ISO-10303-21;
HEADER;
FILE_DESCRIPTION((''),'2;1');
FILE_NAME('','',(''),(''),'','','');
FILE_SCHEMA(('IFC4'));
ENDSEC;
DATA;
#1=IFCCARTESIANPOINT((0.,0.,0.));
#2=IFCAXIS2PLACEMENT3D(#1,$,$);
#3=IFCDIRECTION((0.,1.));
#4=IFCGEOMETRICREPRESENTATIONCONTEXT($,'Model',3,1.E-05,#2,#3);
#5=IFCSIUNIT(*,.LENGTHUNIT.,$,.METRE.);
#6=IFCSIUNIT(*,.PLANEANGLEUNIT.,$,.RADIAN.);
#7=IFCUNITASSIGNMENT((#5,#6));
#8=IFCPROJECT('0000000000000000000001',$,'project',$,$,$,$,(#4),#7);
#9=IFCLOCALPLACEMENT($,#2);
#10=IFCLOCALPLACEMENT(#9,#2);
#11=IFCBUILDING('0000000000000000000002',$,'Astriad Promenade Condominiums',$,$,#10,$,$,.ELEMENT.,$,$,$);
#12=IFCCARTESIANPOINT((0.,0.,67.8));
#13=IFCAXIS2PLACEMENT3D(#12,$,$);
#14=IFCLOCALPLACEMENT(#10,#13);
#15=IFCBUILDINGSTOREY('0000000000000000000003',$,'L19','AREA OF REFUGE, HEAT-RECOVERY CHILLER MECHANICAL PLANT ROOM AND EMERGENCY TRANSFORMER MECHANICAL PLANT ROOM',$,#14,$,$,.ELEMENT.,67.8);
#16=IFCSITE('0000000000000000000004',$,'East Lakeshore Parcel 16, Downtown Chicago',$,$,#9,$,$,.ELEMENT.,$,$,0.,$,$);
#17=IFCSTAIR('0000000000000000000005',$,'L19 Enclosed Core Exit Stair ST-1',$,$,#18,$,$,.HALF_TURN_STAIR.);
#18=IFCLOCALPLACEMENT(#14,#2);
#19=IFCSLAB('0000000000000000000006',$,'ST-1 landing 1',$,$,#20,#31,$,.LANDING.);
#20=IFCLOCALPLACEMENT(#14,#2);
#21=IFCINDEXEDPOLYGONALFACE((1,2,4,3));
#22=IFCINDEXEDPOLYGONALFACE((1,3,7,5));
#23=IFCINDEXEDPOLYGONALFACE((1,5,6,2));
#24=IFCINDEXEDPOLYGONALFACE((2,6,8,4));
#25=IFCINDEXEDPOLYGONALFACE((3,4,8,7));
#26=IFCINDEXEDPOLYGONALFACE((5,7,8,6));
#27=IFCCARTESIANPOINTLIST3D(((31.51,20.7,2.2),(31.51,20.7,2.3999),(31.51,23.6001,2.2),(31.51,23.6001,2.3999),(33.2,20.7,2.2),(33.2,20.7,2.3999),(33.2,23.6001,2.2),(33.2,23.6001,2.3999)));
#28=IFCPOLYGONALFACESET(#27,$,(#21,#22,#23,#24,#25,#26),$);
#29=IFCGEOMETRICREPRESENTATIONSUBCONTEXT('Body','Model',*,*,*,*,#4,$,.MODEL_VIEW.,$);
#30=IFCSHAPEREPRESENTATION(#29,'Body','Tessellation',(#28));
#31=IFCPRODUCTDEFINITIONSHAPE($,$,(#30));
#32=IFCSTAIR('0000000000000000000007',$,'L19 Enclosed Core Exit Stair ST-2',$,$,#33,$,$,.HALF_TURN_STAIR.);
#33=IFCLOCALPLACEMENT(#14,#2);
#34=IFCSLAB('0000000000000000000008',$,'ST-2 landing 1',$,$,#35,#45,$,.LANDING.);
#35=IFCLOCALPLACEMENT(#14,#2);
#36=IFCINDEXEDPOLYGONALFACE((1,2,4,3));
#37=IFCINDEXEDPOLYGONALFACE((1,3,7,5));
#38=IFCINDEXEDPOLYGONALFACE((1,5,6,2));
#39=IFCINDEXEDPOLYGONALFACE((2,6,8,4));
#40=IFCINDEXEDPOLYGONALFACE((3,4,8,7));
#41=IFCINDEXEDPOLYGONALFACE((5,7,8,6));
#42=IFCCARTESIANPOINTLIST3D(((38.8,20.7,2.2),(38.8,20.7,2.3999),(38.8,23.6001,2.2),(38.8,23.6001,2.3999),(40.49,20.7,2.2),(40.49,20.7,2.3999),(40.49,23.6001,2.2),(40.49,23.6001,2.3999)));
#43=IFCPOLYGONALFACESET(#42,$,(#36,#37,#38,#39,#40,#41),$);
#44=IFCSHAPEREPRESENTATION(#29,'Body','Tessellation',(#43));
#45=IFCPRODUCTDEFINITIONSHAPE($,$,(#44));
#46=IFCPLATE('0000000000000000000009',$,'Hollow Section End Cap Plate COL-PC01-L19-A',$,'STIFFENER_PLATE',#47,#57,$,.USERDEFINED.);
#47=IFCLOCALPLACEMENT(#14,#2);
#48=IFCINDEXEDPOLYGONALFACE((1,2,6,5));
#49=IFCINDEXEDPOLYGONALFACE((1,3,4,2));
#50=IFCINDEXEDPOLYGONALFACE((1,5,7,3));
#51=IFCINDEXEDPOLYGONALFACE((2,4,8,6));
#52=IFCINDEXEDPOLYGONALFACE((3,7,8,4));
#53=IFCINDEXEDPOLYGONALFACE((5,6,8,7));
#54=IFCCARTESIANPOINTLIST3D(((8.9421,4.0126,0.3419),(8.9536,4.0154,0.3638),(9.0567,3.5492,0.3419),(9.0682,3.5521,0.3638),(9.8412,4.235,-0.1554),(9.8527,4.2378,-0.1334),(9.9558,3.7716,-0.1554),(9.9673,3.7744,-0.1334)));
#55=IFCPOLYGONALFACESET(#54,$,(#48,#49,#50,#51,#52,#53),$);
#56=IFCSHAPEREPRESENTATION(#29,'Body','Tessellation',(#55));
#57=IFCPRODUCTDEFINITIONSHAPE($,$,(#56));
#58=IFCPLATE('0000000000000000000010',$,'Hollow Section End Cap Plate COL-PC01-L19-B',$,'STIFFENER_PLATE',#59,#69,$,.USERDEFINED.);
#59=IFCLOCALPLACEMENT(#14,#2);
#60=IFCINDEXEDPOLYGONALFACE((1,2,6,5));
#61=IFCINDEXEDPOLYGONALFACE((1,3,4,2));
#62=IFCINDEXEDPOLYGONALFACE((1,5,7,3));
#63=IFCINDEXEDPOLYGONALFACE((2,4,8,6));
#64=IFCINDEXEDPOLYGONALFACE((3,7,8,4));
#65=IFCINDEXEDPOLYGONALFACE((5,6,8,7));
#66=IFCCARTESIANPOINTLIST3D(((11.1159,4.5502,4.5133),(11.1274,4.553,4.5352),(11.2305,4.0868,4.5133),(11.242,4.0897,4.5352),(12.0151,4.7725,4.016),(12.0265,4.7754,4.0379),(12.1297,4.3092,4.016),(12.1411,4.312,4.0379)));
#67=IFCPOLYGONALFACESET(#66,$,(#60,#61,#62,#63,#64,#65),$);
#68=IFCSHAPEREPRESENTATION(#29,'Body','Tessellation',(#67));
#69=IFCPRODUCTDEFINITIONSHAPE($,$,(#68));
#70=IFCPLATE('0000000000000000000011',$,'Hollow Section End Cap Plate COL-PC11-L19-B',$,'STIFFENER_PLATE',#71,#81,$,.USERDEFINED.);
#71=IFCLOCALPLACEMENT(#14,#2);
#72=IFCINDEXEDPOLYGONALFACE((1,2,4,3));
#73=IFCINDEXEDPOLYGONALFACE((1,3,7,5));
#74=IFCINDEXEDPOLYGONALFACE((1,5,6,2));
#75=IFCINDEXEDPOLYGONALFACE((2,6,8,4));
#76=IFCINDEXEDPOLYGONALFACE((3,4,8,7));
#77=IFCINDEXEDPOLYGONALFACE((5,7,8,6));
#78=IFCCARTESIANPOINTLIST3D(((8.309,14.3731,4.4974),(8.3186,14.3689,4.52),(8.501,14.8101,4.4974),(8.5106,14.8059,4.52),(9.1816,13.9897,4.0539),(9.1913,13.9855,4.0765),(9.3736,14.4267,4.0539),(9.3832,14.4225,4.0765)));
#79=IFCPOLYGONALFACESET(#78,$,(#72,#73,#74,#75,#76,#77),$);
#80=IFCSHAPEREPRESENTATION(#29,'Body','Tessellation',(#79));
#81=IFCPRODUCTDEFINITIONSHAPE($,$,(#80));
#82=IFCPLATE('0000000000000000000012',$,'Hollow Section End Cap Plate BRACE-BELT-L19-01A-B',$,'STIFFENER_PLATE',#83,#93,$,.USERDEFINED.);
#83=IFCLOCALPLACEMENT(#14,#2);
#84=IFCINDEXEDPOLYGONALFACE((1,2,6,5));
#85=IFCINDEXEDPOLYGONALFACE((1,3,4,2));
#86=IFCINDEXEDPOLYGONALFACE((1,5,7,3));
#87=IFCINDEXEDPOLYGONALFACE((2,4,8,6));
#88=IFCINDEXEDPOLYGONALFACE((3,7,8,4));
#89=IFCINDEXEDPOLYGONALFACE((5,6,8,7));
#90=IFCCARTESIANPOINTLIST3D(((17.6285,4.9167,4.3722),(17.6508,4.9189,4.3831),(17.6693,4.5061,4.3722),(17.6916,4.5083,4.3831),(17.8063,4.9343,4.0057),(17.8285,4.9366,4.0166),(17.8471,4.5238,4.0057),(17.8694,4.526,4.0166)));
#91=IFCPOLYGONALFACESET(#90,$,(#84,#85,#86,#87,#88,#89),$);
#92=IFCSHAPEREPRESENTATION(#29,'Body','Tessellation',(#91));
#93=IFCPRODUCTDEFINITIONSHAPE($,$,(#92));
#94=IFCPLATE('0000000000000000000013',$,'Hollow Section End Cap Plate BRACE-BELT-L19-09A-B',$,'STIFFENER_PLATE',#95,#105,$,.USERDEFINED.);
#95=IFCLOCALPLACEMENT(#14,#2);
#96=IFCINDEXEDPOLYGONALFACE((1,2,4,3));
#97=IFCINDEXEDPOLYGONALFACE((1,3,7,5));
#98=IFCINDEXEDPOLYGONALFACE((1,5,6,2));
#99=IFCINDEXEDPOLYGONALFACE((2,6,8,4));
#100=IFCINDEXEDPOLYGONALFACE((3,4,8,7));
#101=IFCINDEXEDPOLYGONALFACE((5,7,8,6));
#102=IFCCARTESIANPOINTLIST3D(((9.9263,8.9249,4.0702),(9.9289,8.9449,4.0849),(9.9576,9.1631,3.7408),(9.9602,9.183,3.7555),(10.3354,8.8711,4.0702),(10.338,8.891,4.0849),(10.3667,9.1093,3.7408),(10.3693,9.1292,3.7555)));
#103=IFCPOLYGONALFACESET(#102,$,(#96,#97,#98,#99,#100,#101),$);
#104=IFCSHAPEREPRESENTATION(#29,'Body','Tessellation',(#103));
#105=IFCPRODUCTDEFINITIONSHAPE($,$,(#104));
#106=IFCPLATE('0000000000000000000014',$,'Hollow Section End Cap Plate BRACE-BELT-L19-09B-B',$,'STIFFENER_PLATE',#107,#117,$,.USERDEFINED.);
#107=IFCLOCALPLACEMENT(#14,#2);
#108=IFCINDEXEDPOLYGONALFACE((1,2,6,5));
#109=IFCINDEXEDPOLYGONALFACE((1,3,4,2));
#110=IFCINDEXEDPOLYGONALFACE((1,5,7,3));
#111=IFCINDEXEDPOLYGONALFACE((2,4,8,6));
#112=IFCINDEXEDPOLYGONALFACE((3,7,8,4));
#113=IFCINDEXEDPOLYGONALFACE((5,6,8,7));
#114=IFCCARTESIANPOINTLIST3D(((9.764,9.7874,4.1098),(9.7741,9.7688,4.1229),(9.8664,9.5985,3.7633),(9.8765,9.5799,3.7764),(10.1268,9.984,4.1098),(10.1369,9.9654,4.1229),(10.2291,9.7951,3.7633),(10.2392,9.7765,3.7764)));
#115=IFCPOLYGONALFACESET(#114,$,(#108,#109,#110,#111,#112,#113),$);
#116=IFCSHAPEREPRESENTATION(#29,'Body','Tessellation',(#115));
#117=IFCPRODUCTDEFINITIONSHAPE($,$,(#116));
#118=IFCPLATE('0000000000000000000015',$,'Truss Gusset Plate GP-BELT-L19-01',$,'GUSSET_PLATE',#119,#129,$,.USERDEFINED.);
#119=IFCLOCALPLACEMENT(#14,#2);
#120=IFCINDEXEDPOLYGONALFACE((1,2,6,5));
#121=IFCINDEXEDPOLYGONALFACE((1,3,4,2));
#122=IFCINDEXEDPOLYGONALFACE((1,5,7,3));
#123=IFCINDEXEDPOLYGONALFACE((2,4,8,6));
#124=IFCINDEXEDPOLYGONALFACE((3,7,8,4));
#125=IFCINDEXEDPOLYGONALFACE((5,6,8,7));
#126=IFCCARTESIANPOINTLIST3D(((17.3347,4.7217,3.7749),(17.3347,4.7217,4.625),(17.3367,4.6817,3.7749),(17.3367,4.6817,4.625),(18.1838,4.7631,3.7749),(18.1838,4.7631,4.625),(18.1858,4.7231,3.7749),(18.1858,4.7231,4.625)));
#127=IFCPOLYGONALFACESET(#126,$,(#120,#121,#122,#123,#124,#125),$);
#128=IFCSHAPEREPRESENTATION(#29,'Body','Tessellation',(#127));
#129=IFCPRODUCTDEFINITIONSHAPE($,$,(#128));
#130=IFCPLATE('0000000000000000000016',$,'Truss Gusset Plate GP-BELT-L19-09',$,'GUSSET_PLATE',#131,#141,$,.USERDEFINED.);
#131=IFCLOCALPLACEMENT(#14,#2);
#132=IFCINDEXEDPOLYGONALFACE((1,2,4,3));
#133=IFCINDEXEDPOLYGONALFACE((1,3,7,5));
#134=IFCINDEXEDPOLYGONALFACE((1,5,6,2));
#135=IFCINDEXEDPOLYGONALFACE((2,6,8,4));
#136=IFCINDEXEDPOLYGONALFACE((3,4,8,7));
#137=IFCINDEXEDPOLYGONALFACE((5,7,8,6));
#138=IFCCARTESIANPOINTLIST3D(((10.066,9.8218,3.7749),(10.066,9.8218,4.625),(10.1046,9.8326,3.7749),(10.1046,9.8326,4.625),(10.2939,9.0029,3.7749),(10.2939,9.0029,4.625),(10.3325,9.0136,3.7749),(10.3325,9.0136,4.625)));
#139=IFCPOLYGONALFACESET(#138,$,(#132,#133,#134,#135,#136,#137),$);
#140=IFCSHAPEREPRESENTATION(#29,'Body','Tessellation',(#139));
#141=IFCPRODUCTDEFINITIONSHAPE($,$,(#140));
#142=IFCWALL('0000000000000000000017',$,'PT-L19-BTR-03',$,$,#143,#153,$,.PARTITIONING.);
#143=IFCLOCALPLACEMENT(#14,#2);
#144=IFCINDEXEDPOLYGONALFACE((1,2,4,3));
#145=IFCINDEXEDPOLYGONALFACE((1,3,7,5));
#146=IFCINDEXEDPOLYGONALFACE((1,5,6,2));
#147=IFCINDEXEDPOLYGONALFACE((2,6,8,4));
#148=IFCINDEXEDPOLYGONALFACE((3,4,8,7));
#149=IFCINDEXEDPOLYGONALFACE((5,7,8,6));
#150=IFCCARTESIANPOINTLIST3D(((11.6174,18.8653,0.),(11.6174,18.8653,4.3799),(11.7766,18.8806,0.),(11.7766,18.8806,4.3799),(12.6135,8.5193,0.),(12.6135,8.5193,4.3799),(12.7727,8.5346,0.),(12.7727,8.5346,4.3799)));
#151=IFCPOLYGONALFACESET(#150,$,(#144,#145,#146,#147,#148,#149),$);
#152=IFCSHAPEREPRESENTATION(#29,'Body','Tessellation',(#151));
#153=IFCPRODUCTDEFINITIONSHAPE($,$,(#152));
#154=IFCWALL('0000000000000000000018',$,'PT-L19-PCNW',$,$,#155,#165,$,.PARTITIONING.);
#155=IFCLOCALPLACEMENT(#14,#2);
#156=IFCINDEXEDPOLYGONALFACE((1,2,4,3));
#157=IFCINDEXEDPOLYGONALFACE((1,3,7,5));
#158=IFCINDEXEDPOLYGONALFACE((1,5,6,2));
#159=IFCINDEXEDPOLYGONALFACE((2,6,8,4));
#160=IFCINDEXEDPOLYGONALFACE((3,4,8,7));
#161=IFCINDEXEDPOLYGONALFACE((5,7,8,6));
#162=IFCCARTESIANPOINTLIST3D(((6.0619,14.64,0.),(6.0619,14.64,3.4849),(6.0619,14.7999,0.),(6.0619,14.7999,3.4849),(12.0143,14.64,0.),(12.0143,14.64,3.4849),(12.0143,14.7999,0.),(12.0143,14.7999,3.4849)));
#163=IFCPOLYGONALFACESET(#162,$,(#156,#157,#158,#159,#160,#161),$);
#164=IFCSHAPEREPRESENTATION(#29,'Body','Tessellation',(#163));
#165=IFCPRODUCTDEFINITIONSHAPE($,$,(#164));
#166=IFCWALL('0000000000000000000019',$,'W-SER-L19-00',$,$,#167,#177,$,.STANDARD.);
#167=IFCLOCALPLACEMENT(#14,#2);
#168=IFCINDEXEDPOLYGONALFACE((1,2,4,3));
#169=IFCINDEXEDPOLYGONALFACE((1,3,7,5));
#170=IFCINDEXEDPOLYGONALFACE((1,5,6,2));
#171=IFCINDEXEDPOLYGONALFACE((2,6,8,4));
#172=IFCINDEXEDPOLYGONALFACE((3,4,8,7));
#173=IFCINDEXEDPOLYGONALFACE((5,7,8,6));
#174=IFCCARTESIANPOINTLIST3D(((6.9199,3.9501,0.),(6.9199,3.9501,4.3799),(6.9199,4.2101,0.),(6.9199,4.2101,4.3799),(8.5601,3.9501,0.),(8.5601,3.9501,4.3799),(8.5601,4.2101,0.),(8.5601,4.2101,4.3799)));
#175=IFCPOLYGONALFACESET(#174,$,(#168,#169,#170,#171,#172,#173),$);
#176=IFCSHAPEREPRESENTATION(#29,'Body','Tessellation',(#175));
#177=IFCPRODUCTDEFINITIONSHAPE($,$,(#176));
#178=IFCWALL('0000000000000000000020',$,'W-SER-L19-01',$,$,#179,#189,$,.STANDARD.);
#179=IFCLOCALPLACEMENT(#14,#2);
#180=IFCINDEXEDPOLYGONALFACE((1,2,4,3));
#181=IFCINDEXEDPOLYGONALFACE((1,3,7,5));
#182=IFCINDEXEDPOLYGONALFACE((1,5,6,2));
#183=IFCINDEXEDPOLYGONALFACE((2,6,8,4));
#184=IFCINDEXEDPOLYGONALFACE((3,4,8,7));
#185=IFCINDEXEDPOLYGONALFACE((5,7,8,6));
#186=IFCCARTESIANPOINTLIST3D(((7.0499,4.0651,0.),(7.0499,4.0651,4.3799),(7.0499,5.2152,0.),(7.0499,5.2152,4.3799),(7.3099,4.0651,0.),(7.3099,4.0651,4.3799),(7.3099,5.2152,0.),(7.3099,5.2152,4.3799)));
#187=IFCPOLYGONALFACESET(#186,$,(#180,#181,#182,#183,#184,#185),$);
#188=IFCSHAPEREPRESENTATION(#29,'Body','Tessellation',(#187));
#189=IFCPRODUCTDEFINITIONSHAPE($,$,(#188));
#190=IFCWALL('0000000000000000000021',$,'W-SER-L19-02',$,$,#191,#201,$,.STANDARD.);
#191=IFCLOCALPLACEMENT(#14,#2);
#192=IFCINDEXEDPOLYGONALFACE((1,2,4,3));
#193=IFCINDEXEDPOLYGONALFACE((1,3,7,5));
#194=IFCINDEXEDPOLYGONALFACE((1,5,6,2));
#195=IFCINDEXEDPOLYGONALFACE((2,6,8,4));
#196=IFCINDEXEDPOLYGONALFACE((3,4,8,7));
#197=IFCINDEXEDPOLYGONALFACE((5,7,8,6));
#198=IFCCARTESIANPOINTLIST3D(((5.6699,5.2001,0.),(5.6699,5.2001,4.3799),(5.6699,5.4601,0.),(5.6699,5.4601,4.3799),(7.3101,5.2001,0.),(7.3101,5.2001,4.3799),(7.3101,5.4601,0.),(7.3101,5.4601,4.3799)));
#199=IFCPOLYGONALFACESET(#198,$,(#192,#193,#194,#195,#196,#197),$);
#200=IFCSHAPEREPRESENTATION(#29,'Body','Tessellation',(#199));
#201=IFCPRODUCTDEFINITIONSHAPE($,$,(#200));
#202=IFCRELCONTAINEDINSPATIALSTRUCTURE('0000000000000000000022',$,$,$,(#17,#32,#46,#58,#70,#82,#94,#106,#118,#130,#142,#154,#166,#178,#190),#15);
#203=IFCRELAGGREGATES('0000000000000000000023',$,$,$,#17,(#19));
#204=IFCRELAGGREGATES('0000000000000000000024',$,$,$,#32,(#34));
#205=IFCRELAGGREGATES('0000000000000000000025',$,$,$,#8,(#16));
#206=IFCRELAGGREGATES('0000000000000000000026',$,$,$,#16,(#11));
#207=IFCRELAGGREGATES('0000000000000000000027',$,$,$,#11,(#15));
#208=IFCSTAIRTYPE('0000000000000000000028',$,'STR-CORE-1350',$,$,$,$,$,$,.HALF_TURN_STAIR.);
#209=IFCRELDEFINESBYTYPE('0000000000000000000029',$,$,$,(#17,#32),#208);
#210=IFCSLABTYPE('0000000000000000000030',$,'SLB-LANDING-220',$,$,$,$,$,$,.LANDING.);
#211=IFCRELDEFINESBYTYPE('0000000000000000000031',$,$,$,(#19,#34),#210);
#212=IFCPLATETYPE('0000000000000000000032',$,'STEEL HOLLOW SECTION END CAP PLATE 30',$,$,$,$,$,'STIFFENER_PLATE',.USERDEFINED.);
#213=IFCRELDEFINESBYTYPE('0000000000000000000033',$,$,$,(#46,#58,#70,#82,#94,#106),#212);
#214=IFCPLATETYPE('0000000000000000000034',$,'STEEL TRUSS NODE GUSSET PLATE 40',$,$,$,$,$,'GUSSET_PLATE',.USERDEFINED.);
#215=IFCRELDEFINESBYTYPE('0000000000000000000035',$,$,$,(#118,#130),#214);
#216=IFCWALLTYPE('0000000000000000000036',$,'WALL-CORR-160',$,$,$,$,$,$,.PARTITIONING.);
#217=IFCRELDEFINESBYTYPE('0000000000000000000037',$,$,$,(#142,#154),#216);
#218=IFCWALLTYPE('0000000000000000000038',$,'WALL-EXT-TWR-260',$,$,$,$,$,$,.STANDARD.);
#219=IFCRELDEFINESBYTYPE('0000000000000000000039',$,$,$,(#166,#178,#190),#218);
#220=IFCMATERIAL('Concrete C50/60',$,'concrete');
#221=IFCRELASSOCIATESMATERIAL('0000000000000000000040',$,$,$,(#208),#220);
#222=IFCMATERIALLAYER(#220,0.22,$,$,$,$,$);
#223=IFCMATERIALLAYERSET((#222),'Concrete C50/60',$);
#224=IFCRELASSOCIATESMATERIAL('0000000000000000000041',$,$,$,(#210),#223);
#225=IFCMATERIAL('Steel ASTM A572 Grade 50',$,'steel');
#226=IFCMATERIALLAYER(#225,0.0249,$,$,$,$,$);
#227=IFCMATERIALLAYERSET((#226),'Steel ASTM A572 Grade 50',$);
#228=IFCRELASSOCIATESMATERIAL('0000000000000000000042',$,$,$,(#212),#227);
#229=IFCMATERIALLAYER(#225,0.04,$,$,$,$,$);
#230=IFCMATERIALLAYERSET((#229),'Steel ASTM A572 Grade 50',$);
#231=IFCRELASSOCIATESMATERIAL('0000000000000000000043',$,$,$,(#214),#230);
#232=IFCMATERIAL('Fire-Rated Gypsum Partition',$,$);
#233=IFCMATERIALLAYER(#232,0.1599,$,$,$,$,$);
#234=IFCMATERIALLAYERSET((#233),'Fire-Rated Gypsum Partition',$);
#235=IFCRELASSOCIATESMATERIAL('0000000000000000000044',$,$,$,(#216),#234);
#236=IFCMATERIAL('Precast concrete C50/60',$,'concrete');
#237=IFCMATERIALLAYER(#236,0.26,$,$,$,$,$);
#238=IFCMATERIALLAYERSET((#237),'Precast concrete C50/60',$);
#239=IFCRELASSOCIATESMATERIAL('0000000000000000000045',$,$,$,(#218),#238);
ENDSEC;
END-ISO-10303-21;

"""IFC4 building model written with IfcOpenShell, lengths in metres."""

from ifc_helpers import new_model, si_unit, direction, frame, frame_2d, origin, origin_2d, place, context, subcontext, project, spatial, polyline, rectangle, outline, extrude, source, transform, mapped, material, layer, layer_set, type_object, type_shapes, element, aggregate, save


model = new_model("IFC4")

# Units and contexts
model_context = context("Model", 3, precision=1e-05, world=origin(), true_north=direction((0.0, 1.0)))
body_context = subcontext(model_context, "Body", "Model", "MODEL_VIEW")
ifc_project = project(units=[si_unit("LENGTHUNIT", "METRE"), si_unit("PLANEANGLEUNIT", "RADIAN")], contexts=[model_context])

# Site, building, storey
site_placement = place(None, origin())
site = spatial("IfcSite", under=ifc_project, at=site_placement, Name="East Lakeshore Parcel 16, Downtown Chicago", CompositionType="ELEMENT", RefElevation=0.0)
building_placement = place(site_placement, origin())
building = spatial("IfcBuilding", under=site, at=building_placement, Name="Astriad Promenade Condominiums", CompositionType="ELEMENT")
storey_placement = place(building_placement, frame((0.0, 0.0, 67.8)))
storey = spatial("IfcBuildingStorey", under=building, at=storey_placement, Name="L19", Description="AREA OF REFUGE, HEAT-RECOVERY CHILLER MECHANICAL PLANT ROOM AND EMERGENCY TRANSFORMER MECHANICAL PLANT ROOM", CompositionType="ELEMENT", Elevation=67.8)

# Shared definitions
ifc_material_1 = material(Name="Concrete C50/60", Category="concrete")

# Stairs, slabs
stair_type = type_object("IfcStairType", Name="STR-CORE-1350", PredefinedType="HALF_TURN_STAIR", material=ifc_material_1)
stair_1_placement = place(storey_placement, origin())
stair_1 = element("IfcStair", 1, at=stair_1_placement, inside=storey, type_object=stair_type, Name="L19 Enclosed Core Exit Stair ST-1", PredefinedType="HALF_TURN_STAIR")
ifc_layer_1 = layer(ifc_material_1, 0.22)
ifc_layer_set_1 = layer_set([ifc_layer_1], Name="Concrete C50/60")
slab_type_1 = type_object("IfcSlabType", Name="SLB-LANDING-220", PredefinedType="LANDING", material=ifc_layer_set_1)
slab_1_placement = place(storey_placement, frame((0.0, 0.0, 2.2)))
slab_1 = element("IfcSlab", 2, at=slab_1_placement, type_object=slab_type_1, Name="ST-1 landing 1", PredefinedType="LANDING", context=body_context, shape_type="SweptSolid", body=[
    extrude(outline(polyline([(31.51, 20.7), (33.2, 20.7), (33.2, 23.6001), (31.51, 23.6001), (31.51, 20.7)])), origin(), (0.0, 0.0, 1.0), 0.2),
])
aggregate(stair_1, [slab_1])
stair_2_placement = place(storey_placement, origin())
stair_2 = element("IfcStair", 3, at=stair_2_placement, inside=storey, type_object=stair_type, Name="L19 Enclosed Core Exit Stair ST-2", PredefinedType="HALF_TURN_STAIR")
slab_2_placement = place(storey_placement, frame((0.0, 0.0, 2.2)))
slab_2 = element("IfcSlab", 4, at=slab_2_placement, type_object=slab_type_1, Name="ST-2 landing 1", PredefinedType="LANDING", context=body_context, shape_type="SweptSolid", body=[
    extrude(outline(polyline([(40.49, 23.6001), (38.8, 23.6001), (38.8, 20.7), (40.49, 20.7), (40.49, 23.6001)])), origin(), (0.0, 0.0, 1.0), 0.2),
])
aggregate(stair_2, [slab_2])

# Plates
ifc_material_2 = material(Name="Steel ASTM A572 Grade 50", Category="steel")
ifc_layer_2 = layer(ifc_material_2, 0.0249)
ifc_layer_set_2 = layer_set([ifc_layer_2], Name="Steel ASTM A572 Grade 50")
plate_type_1 = type_object("IfcPlateType", Name="STEEL HOLLOW SECTION END CAP PLATE 30", ElementType="STIFFENER_PLATE", PredefinedType="USERDEFINED", material=ifc_layer_set_2)
shared_shape_1 = source(origin(), body_context, "Body", "SweptSolid", [
    extrude(rectangle(XDim=0.4773, YDim=1.0513, at=origin_2d()), origin(), (0.0, 0.0, 1.0), 0.0249),
])
for number, where, z_axis, x_axis, name in (
    (5, (9.449, 3.8921, 0.0933), (0.459205, 0.11358, 0.881039), (-0.240106, 0.970747, 0.0), "Hollow Section End Cap Plate COL-PC01-L19-A"),
    (6, (11.6228, 4.4297, 4.2646), (0.459205, 0.11358, 0.881039), (-0.240106, 0.970747, 0.0), "Hollow Section End Cap Plate COL-PC01-L19-B"),
    (7, (8.8413, 14.3999, 4.2756), (0.386233, -0.169686, 0.906659), (0.402229, 0.915539, 0.0), "Hollow Section End Cap Plate COL-PC11-L19-B"),
):
    element("IfcPlate", number, at=place(storey_placement, frame(where, z_axis=z_axis, x_axis=x_axis)), inside=storey, type_object=plate_type_1, Name=name, ObjectType="STIFFENER_PLATE", PredefinedType="USERDEFINED", context=body_context, shape_type="MappedRepresentation", body=[
        mapped(shared_shape_1, transform((0.0, 0.0, 0.0), scale=1.0)),
    ])
shared_shape_2 = source(origin(), body_context, "Body", "SweptSolid", [
    extrude(rectangle(XDim=0.4126, YDim=0.4077, at=origin_2d()), origin(), (0.0, 0.0, 1.0), 0.0249),
])
type_shapes(plate_type_1, [shared_shape_1, shared_shape_2])
for number, where, z_axis, x_axis, name in (
    (8, (17.7378, 4.7202, 4.189), (0.894461, 0.088986, 0.438202), (-0.098997, 0.995088, 0.0), "Hollow Section End Cap Plate BRACE-BELT-L19-01A-B"),
    (9, (10.1465, 9.0171, 3.9055), (0.105382, 0.801063, 0.589231), (-0.991458, 0.130429, 0.0), "Hollow Section End Cap Plate BRACE-BELT-L19-09A-B"),
    (10, (9.9966, 9.7913, 3.9365), (0.404934, -0.747182, 0.527017), (0.879188, 0.476474, 0.0), "Hollow Section End Cap Plate BRACE-BELT-L19-09B-B"),
):
    element("IfcPlate", number, at=place(storey_placement, frame(where, z_axis=z_axis, x_axis=x_axis)), inside=storey, type_object=plate_type_1, Name=name, ObjectType="STIFFENER_PLATE", PredefinedType="USERDEFINED", context=body_context, shape_type="MappedRepresentation", body=[
        mapped(shared_shape_2, transform((0.0, 0.0, 0.0), scale=1.0)),
    ])
ifc_layer_3 = layer(ifc_material_2, 0.04)
ifc_layer_set_3 = layer_set([ifc_layer_3], Name="Steel ASTM A572 Grade 50")
plate_type_2 = type_object("IfcPlateType", Name="STEEL TRUSS NODE GUSSET PLATE 40", ElementType="GUSSET_PLATE", PredefinedType="USERDEFINED", material=ifc_layer_set_3)
shared_shape_3 = source(origin(), body_context, "Body", "SweptSolid", [
    extrude(rectangle(XDim=0.8501, YDim=0.04, at=origin_2d()), origin(), (0.0, 0.0, 1.0), 0.8501),
])
type_shapes(plate_type_2, [shared_shape_3])
for number, where, z_axis, x_axis, name in (
    (11, (17.7603, 4.7224, 3.7749), (0.0, 0.0, 1.0), (0.998815, 0.048675, 0.0), "Truss Gusset Plate GP-BELT-L19-01"),
    (12, (10.1992, 9.4177, 3.7749), (0.0, 0.0, 1.0), (-0.268079, 0.963397, 0.0), "Truss Gusset Plate GP-BELT-L19-09"),
):
    element("IfcPlate", number, at=place(storey_placement, frame(where, z_axis=z_axis, x_axis=x_axis)), inside=storey, type_object=plate_type_2, Name=name, ObjectType="GUSSET_PLATE", PredefinedType="USERDEFINED", context=body_context, shape_type="MappedRepresentation", body=[
        mapped(shared_shape_3, transform((0.0, 0.0, 0.0), scale=1.0)),
    ])

# Walls
ifc_material_3 = material(Name="Fire-Rated Gypsum Partition")
ifc_layer_4 = layer(ifc_material_3, 0.1599)
ifc_layer_set_4 = layer_set([ifc_layer_4], Name="Fire-Rated Gypsum Partition")
wall_type_1 = type_object("IfcWallType", Name="WALL-CORR-160", PredefinedType="PARTITIONING", material=ifc_layer_set_4)
wall_1_placement = place(storey_placement, frame((12.6931, 8.5271, 0.0), z_axis=(0.0, 0.0, 1.0), x_axis=(-0.095835, 0.995397, 0.0)))
element("IfcWall", 13, at=wall_1_placement, inside=storey, type_object=wall_type_1, Name="PT-L19-BTR-03", PredefinedType="PARTITIONING", context=body_context, shape_type="SweptSolid", body=[
    extrude(rectangle(XDim=10.3938, YDim=0.1599, at=frame_2d((5.1968, 0.0))), origin(), (0.0, 0.0, 1.0), 4.3799),
])
wall_2_placement = place(storey_placement, frame((6.062, 14.72, 0.0), z_axis=(0.0, 0.0, 1.0), x_axis=(1.0, 0.0, 0.0)))
element("IfcWall", 14, at=wall_2_placement, inside=storey, type_object=wall_type_1, Name="PT-L19-PCNW", PredefinedType="PARTITIONING", context=body_context, shape_type="SweptSolid", body=[
    extrude(rectangle(XDim=5.9524, YDim=0.1599, at=frame_2d((2.9761, 0.0))), origin(), (0.0, 0.0, 1.0), 3.4849),
])
ifc_material_4 = material(Name="Precast concrete C50/60", Category="concrete")
ifc_layer_5 = layer(ifc_material_4, 0.26)
ifc_layer_set_5 = layer_set([ifc_layer_5], Name="Precast concrete C50/60")
wall_type_2 = type_object("IfcWallType", Name="WALL-EXT-TWR-260", PredefinedType="STANDARD", material=ifc_layer_set_5)
wall_3_placement = place(storey_placement, frame((8.5601, 4.0801, 0.0), z_axis=(0.0, 0.0, 1.0), x_axis=(-1.0, 0.0, 0.0)))
element("IfcWall", 15, at=wall_3_placement, inside=storey, type_object=wall_type_2, Name="W-SER-L19-00", PredefinedType="STANDARD", context=body_context, shape_type="SweptSolid", body=[
    extrude(rectangle(XDim=1.6401, YDim=0.26, at=frame_2d((0.8201, 0.0))), origin(), (0.0, 0.0, 1.0), 4.3799),
])
wall_4_placement = place(storey_placement, frame((7.1799, 4.0649, 0.0), z_axis=(0.0, 0.0, 1.0), x_axis=(0.0, 1.0, 0.0)))
element("IfcWall", 16, at=wall_4_placement, inside=storey, type_object=wall_type_2, Name="W-SER-L19-01", PredefinedType="STANDARD", context=body_context, shape_type="SweptSolid", body=[
    extrude(rectangle(XDim=1.1501, YDim=0.26, at=frame_2d((0.5752, 0.0))), origin(), (0.0, 0.0, 1.0), 4.3799),
])
wall_5_placement = place(storey_placement, frame((7.3101, 5.3301, 0.0), z_axis=(0.0, 0.0, 1.0), x_axis=(-1.0, 0.0, 0.0)))
element("IfcWall", 17, at=wall_5_placement, inside=storey, type_object=wall_type_2, Name="W-SER-L19-02", PredefinedType="STANDARD", context=body_context, shape_type="SweptSolid", body=[
    extrude(rectangle(XDim=1.6401, YDim=0.26, at=frame_2d((0.8201, 0.0))), origin(), (0.0, 0.0, 1.0), 4.3799),
])

save(model, "model.ifc")
